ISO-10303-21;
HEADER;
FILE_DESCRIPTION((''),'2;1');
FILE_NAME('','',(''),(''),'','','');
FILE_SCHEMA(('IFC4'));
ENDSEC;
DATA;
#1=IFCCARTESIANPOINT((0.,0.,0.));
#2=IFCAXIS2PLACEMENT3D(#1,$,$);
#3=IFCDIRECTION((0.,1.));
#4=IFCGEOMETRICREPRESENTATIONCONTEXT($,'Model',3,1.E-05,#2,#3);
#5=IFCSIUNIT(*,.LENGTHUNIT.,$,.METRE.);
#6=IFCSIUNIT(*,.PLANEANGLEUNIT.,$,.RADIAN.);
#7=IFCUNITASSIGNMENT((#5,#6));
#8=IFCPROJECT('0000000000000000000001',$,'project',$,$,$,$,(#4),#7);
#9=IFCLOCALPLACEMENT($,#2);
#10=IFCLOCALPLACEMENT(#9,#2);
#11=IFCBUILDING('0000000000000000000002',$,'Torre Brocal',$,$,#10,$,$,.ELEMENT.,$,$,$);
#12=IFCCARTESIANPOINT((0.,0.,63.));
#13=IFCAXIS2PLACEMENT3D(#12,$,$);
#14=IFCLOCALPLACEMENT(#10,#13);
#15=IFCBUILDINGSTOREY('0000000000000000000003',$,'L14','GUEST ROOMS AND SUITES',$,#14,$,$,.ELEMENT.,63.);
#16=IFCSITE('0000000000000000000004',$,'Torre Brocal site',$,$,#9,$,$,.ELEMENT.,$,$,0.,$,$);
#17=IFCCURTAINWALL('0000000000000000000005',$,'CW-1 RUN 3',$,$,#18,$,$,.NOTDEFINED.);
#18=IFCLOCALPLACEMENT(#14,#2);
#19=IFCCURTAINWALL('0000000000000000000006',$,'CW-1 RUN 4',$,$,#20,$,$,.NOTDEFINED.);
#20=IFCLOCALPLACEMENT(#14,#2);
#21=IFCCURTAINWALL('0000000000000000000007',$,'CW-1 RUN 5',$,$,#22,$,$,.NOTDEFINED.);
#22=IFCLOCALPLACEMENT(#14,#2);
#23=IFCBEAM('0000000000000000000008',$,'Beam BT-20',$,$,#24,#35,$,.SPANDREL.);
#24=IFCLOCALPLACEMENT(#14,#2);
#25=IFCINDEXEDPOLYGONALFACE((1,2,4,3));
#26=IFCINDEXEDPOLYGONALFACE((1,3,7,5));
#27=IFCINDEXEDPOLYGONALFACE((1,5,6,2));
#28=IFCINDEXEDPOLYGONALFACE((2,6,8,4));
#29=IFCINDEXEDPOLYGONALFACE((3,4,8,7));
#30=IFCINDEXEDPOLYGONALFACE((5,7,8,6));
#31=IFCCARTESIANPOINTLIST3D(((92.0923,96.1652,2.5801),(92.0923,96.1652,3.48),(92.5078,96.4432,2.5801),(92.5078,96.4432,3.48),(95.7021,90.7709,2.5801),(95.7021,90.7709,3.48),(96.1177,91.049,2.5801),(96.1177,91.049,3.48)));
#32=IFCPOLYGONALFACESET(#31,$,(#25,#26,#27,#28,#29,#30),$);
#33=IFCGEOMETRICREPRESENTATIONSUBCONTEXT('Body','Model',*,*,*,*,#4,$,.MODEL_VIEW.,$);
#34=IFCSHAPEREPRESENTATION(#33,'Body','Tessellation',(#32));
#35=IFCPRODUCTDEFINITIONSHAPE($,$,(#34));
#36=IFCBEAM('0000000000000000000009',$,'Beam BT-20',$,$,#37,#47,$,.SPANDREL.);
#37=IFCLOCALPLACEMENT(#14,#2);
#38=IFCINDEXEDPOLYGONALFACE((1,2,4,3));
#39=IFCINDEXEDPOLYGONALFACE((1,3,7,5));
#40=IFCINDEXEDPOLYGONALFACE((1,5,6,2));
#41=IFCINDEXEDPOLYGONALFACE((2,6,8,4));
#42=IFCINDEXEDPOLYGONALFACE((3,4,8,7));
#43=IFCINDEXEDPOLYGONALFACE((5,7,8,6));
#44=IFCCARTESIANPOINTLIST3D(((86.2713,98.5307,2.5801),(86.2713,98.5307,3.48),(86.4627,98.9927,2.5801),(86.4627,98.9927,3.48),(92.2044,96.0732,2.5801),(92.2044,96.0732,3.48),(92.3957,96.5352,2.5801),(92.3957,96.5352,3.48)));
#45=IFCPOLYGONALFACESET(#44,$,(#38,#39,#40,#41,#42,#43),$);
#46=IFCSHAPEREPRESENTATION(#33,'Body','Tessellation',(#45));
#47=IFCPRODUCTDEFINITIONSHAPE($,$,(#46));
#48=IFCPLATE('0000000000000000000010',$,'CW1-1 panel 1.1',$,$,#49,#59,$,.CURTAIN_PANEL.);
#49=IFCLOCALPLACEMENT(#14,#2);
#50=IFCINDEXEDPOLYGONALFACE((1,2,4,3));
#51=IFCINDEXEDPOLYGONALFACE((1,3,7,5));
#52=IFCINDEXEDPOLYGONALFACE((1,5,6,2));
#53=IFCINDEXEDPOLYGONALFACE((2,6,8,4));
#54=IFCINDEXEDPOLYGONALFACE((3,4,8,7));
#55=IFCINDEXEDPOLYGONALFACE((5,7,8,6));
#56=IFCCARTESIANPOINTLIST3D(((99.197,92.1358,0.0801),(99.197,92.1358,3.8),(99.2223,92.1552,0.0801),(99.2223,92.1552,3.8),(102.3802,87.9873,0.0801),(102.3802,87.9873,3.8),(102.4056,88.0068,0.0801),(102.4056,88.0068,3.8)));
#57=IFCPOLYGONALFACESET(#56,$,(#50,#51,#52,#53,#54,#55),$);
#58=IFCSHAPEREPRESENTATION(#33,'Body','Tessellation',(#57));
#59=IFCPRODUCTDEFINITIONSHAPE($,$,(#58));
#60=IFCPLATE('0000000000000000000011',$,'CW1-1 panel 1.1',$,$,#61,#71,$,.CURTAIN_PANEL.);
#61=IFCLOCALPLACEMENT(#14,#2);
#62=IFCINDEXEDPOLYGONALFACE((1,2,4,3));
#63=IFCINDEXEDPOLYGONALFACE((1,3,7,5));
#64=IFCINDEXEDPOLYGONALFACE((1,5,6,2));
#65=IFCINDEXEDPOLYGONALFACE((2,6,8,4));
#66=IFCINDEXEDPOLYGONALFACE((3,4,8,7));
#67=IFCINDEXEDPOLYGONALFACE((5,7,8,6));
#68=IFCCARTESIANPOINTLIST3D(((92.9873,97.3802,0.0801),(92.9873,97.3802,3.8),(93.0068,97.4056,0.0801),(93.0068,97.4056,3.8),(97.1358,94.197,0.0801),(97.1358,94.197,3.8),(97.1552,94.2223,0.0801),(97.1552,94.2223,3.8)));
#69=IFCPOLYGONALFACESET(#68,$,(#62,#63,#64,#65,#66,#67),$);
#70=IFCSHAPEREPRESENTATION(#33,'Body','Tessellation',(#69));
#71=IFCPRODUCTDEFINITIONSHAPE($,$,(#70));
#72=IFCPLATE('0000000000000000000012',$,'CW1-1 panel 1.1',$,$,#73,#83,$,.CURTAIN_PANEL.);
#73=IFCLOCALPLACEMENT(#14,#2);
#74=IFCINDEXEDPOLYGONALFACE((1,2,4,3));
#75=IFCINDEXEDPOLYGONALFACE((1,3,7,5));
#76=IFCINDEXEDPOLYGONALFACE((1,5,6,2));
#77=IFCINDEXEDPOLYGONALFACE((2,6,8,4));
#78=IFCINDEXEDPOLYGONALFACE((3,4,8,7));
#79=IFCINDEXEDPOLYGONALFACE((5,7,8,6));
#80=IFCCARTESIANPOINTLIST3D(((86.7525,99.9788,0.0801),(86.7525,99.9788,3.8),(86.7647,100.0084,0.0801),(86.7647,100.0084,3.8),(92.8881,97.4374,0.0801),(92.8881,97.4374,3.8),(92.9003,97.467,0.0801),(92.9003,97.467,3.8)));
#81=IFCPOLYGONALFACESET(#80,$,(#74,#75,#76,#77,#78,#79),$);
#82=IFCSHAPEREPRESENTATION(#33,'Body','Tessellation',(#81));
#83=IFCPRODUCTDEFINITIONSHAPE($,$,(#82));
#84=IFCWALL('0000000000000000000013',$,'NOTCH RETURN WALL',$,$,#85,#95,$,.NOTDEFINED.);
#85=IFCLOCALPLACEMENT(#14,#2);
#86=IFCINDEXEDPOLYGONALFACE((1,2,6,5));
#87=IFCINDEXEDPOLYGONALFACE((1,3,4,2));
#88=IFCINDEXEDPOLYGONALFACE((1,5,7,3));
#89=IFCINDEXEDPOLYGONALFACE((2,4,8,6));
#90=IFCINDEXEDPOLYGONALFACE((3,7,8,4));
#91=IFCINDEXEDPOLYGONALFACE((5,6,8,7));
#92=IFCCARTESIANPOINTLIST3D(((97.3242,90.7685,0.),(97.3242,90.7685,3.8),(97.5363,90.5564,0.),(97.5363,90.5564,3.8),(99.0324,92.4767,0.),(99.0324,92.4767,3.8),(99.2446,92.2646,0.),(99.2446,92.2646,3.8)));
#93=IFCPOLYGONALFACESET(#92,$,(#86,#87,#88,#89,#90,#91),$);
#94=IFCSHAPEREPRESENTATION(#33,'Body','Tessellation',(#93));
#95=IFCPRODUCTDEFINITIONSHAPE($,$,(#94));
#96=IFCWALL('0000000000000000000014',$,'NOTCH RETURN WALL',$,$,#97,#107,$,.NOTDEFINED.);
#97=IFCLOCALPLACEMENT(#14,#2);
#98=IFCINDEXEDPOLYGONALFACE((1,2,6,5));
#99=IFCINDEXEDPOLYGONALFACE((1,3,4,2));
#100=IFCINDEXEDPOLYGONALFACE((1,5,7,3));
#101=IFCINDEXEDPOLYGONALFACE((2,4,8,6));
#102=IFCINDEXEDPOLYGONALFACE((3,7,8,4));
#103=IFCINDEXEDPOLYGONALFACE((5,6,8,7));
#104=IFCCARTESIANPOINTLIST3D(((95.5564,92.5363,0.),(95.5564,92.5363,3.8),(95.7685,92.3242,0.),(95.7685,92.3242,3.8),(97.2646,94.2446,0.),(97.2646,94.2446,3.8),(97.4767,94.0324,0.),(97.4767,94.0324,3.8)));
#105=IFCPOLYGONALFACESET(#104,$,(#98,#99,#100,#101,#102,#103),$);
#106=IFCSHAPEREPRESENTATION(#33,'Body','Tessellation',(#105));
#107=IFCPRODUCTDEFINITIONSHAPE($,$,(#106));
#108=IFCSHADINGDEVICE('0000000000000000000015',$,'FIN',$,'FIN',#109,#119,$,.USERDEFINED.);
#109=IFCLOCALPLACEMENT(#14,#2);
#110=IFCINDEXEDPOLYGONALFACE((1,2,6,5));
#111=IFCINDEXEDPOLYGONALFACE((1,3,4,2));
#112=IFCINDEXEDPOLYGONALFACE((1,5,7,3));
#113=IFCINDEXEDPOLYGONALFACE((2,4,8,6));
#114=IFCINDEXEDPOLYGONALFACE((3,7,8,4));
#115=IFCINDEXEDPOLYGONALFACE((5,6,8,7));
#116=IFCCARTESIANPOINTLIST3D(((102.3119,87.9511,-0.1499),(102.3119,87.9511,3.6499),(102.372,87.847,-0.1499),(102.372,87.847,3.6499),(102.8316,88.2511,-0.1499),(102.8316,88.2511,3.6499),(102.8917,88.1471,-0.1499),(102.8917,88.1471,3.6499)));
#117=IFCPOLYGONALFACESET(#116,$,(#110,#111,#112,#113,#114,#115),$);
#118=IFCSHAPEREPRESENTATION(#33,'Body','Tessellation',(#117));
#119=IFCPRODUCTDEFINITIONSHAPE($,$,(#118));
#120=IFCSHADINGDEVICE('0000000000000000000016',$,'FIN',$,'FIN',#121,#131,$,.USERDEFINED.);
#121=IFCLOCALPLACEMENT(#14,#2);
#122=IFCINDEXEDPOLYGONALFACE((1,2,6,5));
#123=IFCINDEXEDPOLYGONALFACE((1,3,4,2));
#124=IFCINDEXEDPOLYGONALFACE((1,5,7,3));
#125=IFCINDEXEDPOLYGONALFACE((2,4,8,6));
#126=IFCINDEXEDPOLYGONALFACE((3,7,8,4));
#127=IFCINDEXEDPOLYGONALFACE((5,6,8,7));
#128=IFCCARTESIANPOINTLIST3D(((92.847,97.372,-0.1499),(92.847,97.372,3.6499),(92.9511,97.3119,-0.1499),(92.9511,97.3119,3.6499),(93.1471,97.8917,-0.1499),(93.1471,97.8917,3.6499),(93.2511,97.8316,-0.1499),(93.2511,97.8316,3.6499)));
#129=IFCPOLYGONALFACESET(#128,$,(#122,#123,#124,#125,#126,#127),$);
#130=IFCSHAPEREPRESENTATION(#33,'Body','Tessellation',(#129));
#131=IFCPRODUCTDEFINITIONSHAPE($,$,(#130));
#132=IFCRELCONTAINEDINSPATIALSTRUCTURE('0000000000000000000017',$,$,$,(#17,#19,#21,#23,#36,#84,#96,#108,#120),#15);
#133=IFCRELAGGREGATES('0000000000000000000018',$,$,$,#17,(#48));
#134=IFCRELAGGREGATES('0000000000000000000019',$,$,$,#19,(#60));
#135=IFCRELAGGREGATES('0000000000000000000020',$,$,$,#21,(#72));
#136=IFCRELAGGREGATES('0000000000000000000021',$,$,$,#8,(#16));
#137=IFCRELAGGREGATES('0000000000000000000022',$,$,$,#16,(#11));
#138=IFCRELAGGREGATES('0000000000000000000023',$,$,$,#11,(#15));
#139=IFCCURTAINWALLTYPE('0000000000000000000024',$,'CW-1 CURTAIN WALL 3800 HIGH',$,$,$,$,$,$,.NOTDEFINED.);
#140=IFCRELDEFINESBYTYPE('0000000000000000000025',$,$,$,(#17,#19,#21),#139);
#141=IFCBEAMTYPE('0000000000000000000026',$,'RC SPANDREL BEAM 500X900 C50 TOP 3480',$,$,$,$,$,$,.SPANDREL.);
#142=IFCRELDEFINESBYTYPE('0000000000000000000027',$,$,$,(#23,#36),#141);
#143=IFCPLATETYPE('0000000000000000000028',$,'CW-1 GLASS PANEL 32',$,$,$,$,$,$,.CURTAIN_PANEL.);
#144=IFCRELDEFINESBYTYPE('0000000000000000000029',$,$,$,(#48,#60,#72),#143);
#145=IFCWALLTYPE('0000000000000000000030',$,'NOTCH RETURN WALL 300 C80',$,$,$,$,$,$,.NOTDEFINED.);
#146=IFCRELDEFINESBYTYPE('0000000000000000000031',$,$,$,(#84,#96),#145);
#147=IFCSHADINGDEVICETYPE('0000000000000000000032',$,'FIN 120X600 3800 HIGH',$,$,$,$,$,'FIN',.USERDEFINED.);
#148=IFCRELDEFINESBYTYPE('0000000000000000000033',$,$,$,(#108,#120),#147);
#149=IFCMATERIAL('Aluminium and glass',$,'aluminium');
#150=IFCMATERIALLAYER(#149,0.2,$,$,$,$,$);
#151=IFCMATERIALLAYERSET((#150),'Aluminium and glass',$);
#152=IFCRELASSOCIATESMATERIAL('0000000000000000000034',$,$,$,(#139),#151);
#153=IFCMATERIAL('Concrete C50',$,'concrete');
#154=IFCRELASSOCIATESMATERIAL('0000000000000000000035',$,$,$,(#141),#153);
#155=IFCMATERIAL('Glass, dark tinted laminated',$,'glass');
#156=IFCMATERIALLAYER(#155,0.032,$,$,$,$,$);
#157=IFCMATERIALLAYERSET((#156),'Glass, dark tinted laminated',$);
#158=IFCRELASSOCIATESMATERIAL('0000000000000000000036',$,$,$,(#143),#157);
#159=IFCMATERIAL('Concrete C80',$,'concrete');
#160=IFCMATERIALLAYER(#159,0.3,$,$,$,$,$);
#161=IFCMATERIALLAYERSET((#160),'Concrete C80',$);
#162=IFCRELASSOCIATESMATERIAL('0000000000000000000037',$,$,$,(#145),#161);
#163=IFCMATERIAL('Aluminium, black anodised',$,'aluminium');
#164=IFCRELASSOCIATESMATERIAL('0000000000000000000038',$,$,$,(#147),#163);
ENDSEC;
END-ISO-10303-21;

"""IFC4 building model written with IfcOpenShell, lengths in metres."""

from ifc_helpers import new_model, si_unit, direction, frame, frame_2d, origin, origin_2d, place, context, subcontext, project, spatial, rectangle, extrude, material, layer, layer_set, material_profile, profile_set, type_object, element, aggregate, save


model = new_model("IFC4")

# Units and contexts
model_context = context("Model", 3, precision=1e-05, world=origin(), true_north=direction((0.0, 1.0)))
body_context = subcontext(model_context, "Body", "Model", "MODEL_VIEW")
ifc_project = project(units=[si_unit("LENGTHUNIT", "METRE"), si_unit("PLANEANGLEUNIT", "RADIAN")], contexts=[model_context])

# Site, building, storey
site_placement = place(None, origin())
site = spatial("IfcSite", under=ifc_project, at=site_placement, Name="Torre Brocal site", CompositionType="ELEMENT", RefElevation=0.0)
building_placement = place(site_placement, origin())
building = spatial("IfcBuilding", under=site, at=building_placement, Name="Torre Brocal", CompositionType="ELEMENT")
storey_placement = place(building_placement, frame((0.0, 0.0, 63.0)))
storey = spatial("IfcBuildingStorey", under=building, at=storey_placement, Name="L14", Description="GUEST ROOMS AND SUITES", CompositionType="ELEMENT", Elevation=63.0)

# Shared definitions
ifc_material_1 = material(Name="Aluminium and glass", Category="aluminium")
ifc_layer_1 = layer(ifc_material_1, 0.2)
ifc_layer_set_1 = layer_set([ifc_layer_1], Name="Aluminium and glass")
curtain_wall_type = type_object("IfcCurtainWallType", Name="CW-1 CURTAIN WALL 3800 HIGH", PredefinedType="NOTDEFINED", material=ifc_layer_set_1)

# Curtain walls
curtain_wall_1_placement = place(storey_placement, origin())
curtain_wall_1 = element("IfcCurtainWall", 1, at=curtain_wall_1_placement, inside=storey, type_object=curtain_wall_type, Name="CW-1 RUN 3", PredefinedType="NOTDEFINED")
curtain_wall_2_placement = place(storey_placement, origin())
curtain_wall_2 = element("IfcCurtainWall", 2, at=curtain_wall_2_placement, inside=storey, type_object=curtain_wall_type, Name="CW-1 RUN 4", PredefinedType="NOTDEFINED")

# Curtain wall
curtain_wall_3_placement = place(storey_placement, origin())
curtain_wall_3 = element("IfcCurtainWall", 3, at=curtain_wall_3_placement, inside=storey, type_object=curtain_wall_type, Name="CW-1 RUN 5", PredefinedType="NOTDEFINED")

# Beams
ifc_material_2 = material(Name="Concrete C50", Category="concrete")
ifc_material_profile_1 = material_profile(ifc_material_2, rectangle(XDim=0.5, YDim=0.8999, at=origin_2d()), Name="RC 500X900")
ifc_profile_set_1 = profile_set([ifc_material_profile_1], Name="Concrete C50")
beam_type_1 = type_object("IfcBeamType", Name="RC SPANDREL BEAM 500X900 C50 TOP 3480", PredefinedType="SPANDREL", material=ifc_profile_set_1)
beam_1_placement = place(storey_placement, frame((95.9099, 90.9099, 3.03), z_axis=(-0.556158, 0.831077, 0.0), x_axis=(-0.831077, -0.556158, 0.0)))
element("IfcBeam", 4, at=beam_1_placement, inside=storey, type_object=beam_type_1, Name="Beam BT-20", PredefinedType="SPANDREL", context=body_context, shape_type="SweptSolid", body=[
    extrude(rectangle(XDim=0.5, YDim=0.8999, at=origin_2d()), origin(), (0.0, 0.0, 1.0), 6.4907),
])
beam_2_placement = place(storey_placement, frame((92.3, 96.3042, 3.03), z_axis=(-0.923882, 0.382676, 0.0), x_axis=(-0.382676, -0.923882, 0.0)))
element("IfcBeam", 5, at=beam_2_placement, inside=storey, type_object=beam_type_1, Name="Beam BT-20", PredefinedType="SPANDREL", context=body_context, shape_type="SweptSolid", body=[
    extrude(rectangle(XDim=0.5, YDim=0.8999, at=origin_2d()), origin(), (0.0, 0.0, 1.0), 6.4219),
])

# Plates
ifc_material_3 = material(Name="Glass, dark tinted laminated", Category="glass")
ifc_layer_2 = layer(ifc_material_3, 0.032)
ifc_layer_set_2 = layer_set([ifc_layer_2], Name="Glass, dark tinted laminated")
plate_type = type_object("IfcPlateType", Name="CW-1 GLASS PANEL 32", PredefinedType="CURTAIN_PANEL", material=ifc_layer_set_2)
plate_1_placement = place(storey_placement, frame((100.8013, 90.0713, 0.0801), z_axis=(0.0, 0.0, 1.0), x_axis=(-0.608761, 0.793353, 0.0)))
plate_1 = element("IfcPlate", 6, at=plate_1_placement, type_object=plate_type, Name="CW1-1 panel 1.1", PredefinedType="CURTAIN_PANEL", context=body_context, shape_type="SweptSolid", body=[
    extrude(rectangle(XDim=5.229, YDim=0.032, at=origin_2d()), origin(), (0.0, 0.0, 1.0), 3.72),
])
aggregate(curtain_wall_1, [plate_1])
plate_2_placement = place(storey_placement, frame((95.0713, 95.8013, 0.0801), z_axis=(0.0, 0.0, 1.0), x_axis=(-0.793353, 0.608761, 0.0)))
plate_2 = element("IfcPlate", 7, at=plate_2_placement, type_object=plate_type, Name="CW1-1 panel 1.1", PredefinedType="CURTAIN_PANEL", context=body_context, shape_type="SweptSolid", body=[
    extrude(rectangle(XDim=5.229, YDim=0.032, at=origin_2d()), origin(), (0.0, 0.0, 1.0), 3.72),
])
aggregate(curtain_wall_2, [plate_2])
plate_3_placement = place(storey_placement, frame((89.8264, 98.7229, 0.0801), z_axis=(0.0, 0.0, 1.0), x_axis=(-0.92388, 0.382683, 0.0)))
plate_3 = element("IfcPlate", 8, at=plate_3_placement, type_object=plate_type, Name="CW1-1 panel 1.1", PredefinedType="CURTAIN_PANEL", context=body_context, shape_type="SweptSolid", body=[
    extrude(rectangle(XDim=6.6411, YDim=0.032, at=origin_2d()), origin(), (0.0, 0.0, 1.0), 3.72),
])
aggregate(curtain_wall_3, [plate_3])

# Walls
ifc_material_4 = material(Name="Concrete C80", Category="concrete")
ifc_layer_3 = layer(ifc_material_4, 0.3)
ifc_layer_set_3 = layer_set([ifc_layer_3], Name="Concrete C80")
wall_type = type_object("IfcWallType", Name="NOTCH RETURN WALL 300 C80", PredefinedType="NOTDEFINED", material=ifc_layer_set_3)
for number, where, z_axis, x_axis, name in (
    (9, (97.4302, 90.6624, 0.0), (0.0, 0.0, 1.0), (0.707107, 0.707107, 0.0), "NOTCH RETURN WALL"),
    (10, (95.6624, 92.4302, 0.0), (0.0, 0.0, 1.0), (0.707107, 0.707107, 0.0), "NOTCH RETURN WALL"),
):
    element("IfcWall", number, at=place(storey_placement, frame(where, z_axis=z_axis, x_axis=x_axis)), inside=storey, type_object=wall_type, Name=name, PredefinedType="NOTDEFINED", context=body_context, shape_type="SweptSolid", body=[
        extrude(rectangle(XDim=2.4158, YDim=0.3, at=frame_2d((1.208, 0.0))), origin(), (0.0, 0.0, 1.0), 3.8),
    ])

# Shading devices
ifc_material_5 = material(Name="Aluminium, black anodised", Category="aluminium")
ifc_material_profile_2 = material_profile(ifc_material_5, rectangle(XDim=0.1201, YDim=0.6001, at=origin_2d()), Name="FIN 120X600 3800 HIGH")
ifc_profile_set_2 = profile_set([ifc_material_profile_2], Name="Aluminium, black anodised")
shading_device_type = type_object("IfcShadingDeviceType", Name="FIN 120X600 3800 HIGH", ElementType="FIN", PredefinedType="USERDEFINED", material=ifc_profile_set_2)
for number, where, z_axis, x_axis, name in (
    (11, (102.6018, 88.0491, -0.1499), (0.0, 0.0, 1.0), (-0.5, 0.866025, 0.0), "FIN"),
    (12, (93.0491, 97.6018, -0.1499), (0.0, 0.0, 1.0), (-0.866025, 0.5, 0.0), "FIN"),
):
    element("IfcShadingDevice", number, at=place(storey_placement, frame(where, z_axis=z_axis, x_axis=x_axis)), inside=storey, type_object=shading_device_type, Name=name, ObjectType="FIN", PredefinedType="USERDEFINED", context=body_context, shape_type="SweptSolid", body=[
        extrude(rectangle(XDim=0.1201, YDim=0.6001, at=origin_2d()), origin(), (0.0, 0.0, 1.0), 3.7998),
    ])

save(model, "model.ifc")
